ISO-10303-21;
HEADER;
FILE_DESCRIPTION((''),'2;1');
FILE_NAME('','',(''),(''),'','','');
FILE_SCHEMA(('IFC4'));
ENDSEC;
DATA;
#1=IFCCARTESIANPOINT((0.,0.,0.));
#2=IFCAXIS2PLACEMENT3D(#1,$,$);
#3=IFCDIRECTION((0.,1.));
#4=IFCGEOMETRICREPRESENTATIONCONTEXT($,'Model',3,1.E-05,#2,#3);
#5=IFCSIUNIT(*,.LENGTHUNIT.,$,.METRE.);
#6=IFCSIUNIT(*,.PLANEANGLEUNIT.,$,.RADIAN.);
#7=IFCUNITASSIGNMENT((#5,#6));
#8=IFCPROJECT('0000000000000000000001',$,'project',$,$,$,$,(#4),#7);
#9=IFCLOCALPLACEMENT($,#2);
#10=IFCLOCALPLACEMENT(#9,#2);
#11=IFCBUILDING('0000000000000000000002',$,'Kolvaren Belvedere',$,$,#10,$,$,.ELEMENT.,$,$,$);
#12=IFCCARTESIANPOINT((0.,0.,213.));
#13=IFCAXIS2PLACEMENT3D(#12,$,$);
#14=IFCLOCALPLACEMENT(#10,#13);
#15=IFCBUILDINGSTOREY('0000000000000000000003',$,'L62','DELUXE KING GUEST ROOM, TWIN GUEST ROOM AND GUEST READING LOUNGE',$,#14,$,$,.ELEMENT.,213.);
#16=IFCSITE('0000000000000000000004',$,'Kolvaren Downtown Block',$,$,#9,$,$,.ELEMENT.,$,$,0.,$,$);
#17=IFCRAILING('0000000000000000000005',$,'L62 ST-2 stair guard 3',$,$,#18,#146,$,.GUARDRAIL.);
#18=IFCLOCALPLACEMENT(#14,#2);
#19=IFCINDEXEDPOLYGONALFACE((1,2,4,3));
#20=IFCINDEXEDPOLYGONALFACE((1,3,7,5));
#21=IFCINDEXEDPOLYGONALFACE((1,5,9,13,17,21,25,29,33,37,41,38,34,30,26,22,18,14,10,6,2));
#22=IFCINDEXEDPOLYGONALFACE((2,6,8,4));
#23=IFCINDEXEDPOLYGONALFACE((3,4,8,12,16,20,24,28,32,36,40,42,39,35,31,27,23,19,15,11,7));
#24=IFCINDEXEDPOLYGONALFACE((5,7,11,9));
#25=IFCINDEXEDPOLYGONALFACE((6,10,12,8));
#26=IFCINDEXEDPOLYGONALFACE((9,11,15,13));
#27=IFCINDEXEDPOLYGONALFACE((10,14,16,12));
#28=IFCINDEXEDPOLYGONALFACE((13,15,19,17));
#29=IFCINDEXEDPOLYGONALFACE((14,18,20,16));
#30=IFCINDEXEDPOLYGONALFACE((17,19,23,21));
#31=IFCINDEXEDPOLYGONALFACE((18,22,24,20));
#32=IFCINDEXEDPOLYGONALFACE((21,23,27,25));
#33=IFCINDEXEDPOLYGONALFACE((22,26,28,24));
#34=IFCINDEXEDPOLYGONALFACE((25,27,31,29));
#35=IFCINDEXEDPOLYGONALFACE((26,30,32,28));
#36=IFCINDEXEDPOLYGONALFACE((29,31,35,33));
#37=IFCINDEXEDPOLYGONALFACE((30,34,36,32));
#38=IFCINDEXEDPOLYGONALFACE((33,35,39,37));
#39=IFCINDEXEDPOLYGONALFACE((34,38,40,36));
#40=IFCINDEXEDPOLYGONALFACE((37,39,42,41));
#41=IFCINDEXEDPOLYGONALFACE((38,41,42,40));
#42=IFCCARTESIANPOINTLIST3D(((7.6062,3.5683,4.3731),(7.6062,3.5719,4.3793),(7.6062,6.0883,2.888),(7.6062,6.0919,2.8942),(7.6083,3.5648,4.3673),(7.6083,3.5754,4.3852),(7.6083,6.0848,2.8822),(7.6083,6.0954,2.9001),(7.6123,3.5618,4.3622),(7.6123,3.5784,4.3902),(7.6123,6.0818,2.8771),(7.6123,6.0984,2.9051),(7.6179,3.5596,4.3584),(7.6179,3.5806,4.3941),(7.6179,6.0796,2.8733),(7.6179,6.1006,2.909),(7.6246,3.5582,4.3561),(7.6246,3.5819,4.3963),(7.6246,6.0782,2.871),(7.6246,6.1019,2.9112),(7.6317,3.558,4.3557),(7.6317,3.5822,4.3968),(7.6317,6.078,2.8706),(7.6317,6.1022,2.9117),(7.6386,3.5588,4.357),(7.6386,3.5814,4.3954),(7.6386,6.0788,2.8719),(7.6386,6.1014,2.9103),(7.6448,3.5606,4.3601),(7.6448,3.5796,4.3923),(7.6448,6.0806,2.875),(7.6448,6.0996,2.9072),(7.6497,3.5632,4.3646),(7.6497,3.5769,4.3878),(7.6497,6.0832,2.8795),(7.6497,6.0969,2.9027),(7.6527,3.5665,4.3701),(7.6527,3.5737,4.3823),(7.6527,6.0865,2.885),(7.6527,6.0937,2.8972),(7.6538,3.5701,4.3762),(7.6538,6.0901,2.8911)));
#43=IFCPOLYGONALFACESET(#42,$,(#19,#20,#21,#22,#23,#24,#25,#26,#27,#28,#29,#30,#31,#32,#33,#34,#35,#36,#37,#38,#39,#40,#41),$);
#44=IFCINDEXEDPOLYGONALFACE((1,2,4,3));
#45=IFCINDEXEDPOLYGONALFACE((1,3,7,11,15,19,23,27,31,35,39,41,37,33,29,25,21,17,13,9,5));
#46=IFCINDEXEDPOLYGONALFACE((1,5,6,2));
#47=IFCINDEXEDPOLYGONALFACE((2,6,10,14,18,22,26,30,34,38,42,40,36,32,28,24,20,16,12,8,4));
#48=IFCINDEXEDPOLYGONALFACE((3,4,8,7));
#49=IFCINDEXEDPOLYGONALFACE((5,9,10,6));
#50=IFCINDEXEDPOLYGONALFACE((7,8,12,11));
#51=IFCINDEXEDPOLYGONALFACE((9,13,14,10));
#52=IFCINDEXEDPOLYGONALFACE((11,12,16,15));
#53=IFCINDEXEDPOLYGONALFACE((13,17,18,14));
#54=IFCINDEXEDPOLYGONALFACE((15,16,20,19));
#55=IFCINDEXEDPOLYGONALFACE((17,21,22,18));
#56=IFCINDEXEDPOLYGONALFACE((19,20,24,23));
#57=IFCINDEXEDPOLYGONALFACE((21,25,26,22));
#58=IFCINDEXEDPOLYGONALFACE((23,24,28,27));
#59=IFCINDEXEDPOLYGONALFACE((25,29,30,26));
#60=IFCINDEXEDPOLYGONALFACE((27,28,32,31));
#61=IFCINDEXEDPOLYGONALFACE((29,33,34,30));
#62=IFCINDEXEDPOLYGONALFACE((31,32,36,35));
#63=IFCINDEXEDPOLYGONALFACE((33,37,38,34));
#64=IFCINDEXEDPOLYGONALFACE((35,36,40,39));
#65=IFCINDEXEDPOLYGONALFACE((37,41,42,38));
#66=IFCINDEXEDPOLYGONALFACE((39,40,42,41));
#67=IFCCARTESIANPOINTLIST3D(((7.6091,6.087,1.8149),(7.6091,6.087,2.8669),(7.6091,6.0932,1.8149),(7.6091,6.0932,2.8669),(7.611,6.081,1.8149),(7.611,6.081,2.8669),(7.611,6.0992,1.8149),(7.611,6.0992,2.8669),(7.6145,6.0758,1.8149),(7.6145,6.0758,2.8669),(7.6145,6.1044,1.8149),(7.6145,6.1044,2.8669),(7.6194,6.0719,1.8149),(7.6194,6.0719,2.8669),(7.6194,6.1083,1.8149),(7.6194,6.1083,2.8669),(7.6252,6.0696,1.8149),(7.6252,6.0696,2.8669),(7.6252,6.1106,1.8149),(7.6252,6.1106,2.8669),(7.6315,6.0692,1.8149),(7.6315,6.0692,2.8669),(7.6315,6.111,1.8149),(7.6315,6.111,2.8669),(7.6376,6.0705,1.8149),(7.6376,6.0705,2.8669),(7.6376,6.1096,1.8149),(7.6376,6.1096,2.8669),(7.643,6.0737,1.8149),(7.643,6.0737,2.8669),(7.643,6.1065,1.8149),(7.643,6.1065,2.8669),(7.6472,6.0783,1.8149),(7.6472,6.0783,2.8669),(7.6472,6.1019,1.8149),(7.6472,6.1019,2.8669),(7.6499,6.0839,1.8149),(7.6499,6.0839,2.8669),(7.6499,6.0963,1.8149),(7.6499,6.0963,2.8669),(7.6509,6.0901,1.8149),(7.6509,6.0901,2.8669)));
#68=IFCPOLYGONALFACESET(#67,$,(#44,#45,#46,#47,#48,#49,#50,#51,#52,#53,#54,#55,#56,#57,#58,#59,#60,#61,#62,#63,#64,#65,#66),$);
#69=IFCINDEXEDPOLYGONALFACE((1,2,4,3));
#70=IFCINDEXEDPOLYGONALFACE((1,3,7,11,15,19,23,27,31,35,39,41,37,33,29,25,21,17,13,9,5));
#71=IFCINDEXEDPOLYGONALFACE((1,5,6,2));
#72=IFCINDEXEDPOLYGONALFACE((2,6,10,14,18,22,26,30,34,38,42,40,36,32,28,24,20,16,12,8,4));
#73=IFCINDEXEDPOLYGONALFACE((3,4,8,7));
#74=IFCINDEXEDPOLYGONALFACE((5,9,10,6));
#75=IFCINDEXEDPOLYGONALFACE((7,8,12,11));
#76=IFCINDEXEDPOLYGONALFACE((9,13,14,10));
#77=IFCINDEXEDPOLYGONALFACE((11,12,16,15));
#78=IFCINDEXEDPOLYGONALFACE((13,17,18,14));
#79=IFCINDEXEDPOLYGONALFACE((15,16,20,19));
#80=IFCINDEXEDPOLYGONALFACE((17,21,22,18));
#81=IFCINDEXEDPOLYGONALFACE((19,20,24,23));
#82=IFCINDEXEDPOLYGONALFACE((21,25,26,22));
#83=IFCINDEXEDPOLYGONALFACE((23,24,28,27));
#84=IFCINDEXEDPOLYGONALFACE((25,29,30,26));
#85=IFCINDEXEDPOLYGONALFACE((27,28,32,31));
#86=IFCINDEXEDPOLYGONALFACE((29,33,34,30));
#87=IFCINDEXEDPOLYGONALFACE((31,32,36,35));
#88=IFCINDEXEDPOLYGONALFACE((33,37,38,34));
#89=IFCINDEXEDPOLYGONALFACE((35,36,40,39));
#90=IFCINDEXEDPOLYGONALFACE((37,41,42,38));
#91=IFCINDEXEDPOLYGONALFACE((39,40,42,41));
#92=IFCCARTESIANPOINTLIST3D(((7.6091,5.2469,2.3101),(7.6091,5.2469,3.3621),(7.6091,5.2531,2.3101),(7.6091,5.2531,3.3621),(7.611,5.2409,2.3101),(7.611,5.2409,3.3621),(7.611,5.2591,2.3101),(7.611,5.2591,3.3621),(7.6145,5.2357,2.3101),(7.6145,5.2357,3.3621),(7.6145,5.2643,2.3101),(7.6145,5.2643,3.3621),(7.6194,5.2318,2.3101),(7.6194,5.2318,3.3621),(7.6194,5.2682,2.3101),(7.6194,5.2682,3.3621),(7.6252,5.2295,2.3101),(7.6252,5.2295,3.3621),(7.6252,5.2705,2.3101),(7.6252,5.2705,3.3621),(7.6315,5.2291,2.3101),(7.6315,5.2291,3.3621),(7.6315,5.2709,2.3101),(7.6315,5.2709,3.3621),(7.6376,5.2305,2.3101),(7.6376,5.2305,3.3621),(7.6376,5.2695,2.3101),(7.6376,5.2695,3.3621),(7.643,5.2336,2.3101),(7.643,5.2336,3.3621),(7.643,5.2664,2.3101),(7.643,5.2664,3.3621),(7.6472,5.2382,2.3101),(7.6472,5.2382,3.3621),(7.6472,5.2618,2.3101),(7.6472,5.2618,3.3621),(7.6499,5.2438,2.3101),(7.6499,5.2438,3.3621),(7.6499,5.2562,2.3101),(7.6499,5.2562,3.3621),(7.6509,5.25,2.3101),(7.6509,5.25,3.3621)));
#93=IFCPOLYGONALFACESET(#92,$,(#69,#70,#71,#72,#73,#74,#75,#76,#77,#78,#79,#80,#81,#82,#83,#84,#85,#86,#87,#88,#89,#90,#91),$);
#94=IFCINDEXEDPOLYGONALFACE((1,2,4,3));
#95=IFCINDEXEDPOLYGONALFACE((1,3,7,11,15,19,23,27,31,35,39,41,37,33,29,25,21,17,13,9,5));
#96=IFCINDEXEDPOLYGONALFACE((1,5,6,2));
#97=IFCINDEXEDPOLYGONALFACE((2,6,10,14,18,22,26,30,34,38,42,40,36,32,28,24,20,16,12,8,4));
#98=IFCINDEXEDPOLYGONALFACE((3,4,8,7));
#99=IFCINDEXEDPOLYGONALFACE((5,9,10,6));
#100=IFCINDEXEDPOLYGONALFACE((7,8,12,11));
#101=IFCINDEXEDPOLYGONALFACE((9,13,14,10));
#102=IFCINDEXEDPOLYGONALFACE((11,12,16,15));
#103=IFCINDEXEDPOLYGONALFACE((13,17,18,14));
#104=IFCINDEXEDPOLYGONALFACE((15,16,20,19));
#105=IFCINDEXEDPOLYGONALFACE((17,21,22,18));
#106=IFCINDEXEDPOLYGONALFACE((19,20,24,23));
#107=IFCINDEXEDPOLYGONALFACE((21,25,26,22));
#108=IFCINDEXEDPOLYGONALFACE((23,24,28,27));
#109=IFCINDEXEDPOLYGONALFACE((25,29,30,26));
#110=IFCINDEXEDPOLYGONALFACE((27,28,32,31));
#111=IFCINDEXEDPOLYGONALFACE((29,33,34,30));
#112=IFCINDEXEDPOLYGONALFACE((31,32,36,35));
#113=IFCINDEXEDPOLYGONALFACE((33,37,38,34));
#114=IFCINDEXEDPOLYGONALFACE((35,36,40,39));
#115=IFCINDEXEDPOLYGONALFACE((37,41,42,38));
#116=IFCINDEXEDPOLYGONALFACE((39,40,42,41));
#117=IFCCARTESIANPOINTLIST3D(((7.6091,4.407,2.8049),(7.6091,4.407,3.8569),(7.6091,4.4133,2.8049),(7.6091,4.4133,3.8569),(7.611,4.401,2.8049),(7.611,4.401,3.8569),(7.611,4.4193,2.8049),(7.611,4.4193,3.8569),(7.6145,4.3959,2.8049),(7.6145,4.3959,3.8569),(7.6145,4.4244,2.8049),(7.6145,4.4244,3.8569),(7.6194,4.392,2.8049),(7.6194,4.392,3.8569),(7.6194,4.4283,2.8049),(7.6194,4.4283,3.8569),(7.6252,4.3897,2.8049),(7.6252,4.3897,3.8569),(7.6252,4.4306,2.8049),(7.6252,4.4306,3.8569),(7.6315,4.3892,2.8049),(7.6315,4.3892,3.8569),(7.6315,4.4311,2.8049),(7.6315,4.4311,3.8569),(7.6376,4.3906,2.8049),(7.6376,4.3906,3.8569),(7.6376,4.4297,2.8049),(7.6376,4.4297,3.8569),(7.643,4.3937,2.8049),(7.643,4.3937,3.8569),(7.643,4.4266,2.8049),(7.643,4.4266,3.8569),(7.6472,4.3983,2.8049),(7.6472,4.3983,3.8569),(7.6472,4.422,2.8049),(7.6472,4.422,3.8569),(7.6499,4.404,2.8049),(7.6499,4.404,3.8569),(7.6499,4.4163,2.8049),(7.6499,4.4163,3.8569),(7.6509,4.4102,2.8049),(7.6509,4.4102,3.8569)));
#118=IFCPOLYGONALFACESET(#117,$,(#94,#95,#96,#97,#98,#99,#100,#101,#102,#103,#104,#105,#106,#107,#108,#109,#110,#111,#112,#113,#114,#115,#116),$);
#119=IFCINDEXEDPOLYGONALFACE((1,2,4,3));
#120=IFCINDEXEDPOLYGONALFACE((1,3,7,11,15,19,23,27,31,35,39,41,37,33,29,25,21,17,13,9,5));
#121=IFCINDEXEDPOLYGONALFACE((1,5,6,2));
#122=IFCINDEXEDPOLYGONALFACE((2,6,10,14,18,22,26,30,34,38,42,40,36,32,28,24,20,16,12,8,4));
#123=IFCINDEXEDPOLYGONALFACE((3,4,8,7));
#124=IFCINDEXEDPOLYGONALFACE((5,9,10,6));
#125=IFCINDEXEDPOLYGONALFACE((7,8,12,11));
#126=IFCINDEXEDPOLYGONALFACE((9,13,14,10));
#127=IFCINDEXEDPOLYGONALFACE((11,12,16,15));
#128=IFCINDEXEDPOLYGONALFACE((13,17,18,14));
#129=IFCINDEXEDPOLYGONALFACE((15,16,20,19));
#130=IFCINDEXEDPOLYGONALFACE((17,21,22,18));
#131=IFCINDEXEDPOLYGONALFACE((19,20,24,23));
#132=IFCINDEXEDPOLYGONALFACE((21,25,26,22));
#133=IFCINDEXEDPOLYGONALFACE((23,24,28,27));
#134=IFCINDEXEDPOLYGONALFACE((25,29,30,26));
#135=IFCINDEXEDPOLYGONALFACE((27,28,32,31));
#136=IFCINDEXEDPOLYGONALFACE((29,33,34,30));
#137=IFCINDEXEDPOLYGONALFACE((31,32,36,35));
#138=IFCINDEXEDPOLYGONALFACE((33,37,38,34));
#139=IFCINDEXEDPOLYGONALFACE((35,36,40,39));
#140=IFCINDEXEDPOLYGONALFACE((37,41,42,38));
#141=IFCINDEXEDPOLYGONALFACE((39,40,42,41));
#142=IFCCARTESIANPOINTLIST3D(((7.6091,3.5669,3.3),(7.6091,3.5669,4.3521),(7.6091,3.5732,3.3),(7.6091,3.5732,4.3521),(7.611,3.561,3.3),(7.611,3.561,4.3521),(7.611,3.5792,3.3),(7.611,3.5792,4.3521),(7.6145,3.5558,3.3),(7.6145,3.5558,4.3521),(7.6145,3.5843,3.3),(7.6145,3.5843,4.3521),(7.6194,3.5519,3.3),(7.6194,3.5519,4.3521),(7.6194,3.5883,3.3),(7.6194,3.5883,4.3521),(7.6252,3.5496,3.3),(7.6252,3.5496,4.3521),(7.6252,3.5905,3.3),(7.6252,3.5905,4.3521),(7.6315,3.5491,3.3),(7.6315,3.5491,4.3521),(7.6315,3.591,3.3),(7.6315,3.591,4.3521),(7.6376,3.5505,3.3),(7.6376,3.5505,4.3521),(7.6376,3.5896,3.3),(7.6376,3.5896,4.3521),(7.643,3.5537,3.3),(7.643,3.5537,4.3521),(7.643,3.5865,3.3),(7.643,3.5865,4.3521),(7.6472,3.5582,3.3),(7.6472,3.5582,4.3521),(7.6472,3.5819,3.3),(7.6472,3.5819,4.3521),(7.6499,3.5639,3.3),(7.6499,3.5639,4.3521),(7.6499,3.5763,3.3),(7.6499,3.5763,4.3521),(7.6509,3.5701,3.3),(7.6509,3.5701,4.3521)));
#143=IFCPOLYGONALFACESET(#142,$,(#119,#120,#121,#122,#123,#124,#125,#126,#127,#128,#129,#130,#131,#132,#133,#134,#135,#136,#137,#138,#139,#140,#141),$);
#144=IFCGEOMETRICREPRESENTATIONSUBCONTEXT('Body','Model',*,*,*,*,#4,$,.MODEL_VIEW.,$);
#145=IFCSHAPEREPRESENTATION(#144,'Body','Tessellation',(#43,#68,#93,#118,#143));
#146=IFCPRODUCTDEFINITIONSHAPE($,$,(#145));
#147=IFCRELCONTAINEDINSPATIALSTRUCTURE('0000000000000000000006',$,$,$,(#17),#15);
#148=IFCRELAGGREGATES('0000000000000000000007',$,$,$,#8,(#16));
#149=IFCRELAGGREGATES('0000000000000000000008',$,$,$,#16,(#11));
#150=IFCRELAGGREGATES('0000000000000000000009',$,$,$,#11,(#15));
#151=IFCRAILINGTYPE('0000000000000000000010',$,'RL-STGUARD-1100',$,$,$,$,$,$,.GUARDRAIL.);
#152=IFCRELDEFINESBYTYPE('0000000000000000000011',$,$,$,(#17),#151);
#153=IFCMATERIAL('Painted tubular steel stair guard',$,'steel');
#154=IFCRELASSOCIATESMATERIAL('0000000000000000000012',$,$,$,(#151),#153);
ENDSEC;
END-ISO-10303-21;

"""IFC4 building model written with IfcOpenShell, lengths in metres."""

from ifc_helpers import new_model, si_unit, direction, frame, origin, origin_2d, place, context, subcontext, project, spatial, circle, extrude, material, type_object, element, save


model = new_model("IFC4")

# Units and contexts
model_context = context("Model", 3, precision=1e-05, world=origin(), true_north=direction((0.0, 1.0)))
body_context = subcontext(model_context, "Body", "Model", "MODEL_VIEW")
ifc_project = project(units=[si_unit("LENGTHUNIT", "METRE"), si_unit("PLANEANGLEUNIT", "RADIAN")], contexts=[model_context])

# Site, building, storey
site_placement = place(None, origin())
site = spatial("IfcSite", under=ifc_project, at=site_placement, Name="Kolvaren Downtown Block", CompositionType="ELEMENT", RefElevation=0.0)
building_placement = place(site_placement, origin())
building = spatial("IfcBuilding", under=site, at=building_placement, Name="Kolvaren Belvedere", CompositionType="ELEMENT")
storey_placement = place(building_placement, frame((0.0, 0.0, 213.0)))
storey = spatial("IfcBuildingStorey", under=building, at=storey_placement, Name="L62", Description="DELUXE KING GUEST ROOM, TWIN GUEST ROOM AND GUEST READING LOUNGE", CompositionType="ELEMENT", Elevation=213.0)

# Railing
ifc_material_1 = material(Name="Painted tubular steel stair guard", Category="steel")
railing_type_1 = type_object("IfcRailingType", Name="RL-STGUARD-1100", PredefinedType="GUARDRAIL", material=ifc_material_1)
railing_1_placement = place(storey_placement, frame((7.6299, 6.0901, 1.8149)))
element("IfcRailing", 1, at=railing_1_placement, inside=storey, type_object=railing_type_1, Name="L62 ST-2 stair guard 3", PredefinedType="GUARDRAIL", context=body_context, shape_type="SweptSolid", body=[
    extrude(circle(Radius=0.0239, at=origin_2d()), frame((0.0, 0.0, 1.0762), z_axis=(0.0, -0.861524, 0.507717), x_axis=(1.0, 0.0, 0.0)), (0.0, 0.0, 1.0), 2.925),
    extrude(circle(Radius=0.021, at=origin_2d()), origin(), (0.0, 0.0, 1.0), 1.052),
    extrude(circle(Radius=0.021, at=origin_2d()), frame((0.0, -0.8401, 0.4951)), (0.0, 0.0, 1.0), 1.052),
    extrude(circle(Radius=0.021, at=origin_2d()), frame((0.0, -1.6799, 0.99)), (0.0, 0.0, 1.0), 1.052),
    extrude(circle(Radius=0.021, at=origin_2d()), frame((0.0, -2.52, 1.4851)), (0.0, 0.0, 1.0), 1.052),
])

save(model, "model.ifc")
